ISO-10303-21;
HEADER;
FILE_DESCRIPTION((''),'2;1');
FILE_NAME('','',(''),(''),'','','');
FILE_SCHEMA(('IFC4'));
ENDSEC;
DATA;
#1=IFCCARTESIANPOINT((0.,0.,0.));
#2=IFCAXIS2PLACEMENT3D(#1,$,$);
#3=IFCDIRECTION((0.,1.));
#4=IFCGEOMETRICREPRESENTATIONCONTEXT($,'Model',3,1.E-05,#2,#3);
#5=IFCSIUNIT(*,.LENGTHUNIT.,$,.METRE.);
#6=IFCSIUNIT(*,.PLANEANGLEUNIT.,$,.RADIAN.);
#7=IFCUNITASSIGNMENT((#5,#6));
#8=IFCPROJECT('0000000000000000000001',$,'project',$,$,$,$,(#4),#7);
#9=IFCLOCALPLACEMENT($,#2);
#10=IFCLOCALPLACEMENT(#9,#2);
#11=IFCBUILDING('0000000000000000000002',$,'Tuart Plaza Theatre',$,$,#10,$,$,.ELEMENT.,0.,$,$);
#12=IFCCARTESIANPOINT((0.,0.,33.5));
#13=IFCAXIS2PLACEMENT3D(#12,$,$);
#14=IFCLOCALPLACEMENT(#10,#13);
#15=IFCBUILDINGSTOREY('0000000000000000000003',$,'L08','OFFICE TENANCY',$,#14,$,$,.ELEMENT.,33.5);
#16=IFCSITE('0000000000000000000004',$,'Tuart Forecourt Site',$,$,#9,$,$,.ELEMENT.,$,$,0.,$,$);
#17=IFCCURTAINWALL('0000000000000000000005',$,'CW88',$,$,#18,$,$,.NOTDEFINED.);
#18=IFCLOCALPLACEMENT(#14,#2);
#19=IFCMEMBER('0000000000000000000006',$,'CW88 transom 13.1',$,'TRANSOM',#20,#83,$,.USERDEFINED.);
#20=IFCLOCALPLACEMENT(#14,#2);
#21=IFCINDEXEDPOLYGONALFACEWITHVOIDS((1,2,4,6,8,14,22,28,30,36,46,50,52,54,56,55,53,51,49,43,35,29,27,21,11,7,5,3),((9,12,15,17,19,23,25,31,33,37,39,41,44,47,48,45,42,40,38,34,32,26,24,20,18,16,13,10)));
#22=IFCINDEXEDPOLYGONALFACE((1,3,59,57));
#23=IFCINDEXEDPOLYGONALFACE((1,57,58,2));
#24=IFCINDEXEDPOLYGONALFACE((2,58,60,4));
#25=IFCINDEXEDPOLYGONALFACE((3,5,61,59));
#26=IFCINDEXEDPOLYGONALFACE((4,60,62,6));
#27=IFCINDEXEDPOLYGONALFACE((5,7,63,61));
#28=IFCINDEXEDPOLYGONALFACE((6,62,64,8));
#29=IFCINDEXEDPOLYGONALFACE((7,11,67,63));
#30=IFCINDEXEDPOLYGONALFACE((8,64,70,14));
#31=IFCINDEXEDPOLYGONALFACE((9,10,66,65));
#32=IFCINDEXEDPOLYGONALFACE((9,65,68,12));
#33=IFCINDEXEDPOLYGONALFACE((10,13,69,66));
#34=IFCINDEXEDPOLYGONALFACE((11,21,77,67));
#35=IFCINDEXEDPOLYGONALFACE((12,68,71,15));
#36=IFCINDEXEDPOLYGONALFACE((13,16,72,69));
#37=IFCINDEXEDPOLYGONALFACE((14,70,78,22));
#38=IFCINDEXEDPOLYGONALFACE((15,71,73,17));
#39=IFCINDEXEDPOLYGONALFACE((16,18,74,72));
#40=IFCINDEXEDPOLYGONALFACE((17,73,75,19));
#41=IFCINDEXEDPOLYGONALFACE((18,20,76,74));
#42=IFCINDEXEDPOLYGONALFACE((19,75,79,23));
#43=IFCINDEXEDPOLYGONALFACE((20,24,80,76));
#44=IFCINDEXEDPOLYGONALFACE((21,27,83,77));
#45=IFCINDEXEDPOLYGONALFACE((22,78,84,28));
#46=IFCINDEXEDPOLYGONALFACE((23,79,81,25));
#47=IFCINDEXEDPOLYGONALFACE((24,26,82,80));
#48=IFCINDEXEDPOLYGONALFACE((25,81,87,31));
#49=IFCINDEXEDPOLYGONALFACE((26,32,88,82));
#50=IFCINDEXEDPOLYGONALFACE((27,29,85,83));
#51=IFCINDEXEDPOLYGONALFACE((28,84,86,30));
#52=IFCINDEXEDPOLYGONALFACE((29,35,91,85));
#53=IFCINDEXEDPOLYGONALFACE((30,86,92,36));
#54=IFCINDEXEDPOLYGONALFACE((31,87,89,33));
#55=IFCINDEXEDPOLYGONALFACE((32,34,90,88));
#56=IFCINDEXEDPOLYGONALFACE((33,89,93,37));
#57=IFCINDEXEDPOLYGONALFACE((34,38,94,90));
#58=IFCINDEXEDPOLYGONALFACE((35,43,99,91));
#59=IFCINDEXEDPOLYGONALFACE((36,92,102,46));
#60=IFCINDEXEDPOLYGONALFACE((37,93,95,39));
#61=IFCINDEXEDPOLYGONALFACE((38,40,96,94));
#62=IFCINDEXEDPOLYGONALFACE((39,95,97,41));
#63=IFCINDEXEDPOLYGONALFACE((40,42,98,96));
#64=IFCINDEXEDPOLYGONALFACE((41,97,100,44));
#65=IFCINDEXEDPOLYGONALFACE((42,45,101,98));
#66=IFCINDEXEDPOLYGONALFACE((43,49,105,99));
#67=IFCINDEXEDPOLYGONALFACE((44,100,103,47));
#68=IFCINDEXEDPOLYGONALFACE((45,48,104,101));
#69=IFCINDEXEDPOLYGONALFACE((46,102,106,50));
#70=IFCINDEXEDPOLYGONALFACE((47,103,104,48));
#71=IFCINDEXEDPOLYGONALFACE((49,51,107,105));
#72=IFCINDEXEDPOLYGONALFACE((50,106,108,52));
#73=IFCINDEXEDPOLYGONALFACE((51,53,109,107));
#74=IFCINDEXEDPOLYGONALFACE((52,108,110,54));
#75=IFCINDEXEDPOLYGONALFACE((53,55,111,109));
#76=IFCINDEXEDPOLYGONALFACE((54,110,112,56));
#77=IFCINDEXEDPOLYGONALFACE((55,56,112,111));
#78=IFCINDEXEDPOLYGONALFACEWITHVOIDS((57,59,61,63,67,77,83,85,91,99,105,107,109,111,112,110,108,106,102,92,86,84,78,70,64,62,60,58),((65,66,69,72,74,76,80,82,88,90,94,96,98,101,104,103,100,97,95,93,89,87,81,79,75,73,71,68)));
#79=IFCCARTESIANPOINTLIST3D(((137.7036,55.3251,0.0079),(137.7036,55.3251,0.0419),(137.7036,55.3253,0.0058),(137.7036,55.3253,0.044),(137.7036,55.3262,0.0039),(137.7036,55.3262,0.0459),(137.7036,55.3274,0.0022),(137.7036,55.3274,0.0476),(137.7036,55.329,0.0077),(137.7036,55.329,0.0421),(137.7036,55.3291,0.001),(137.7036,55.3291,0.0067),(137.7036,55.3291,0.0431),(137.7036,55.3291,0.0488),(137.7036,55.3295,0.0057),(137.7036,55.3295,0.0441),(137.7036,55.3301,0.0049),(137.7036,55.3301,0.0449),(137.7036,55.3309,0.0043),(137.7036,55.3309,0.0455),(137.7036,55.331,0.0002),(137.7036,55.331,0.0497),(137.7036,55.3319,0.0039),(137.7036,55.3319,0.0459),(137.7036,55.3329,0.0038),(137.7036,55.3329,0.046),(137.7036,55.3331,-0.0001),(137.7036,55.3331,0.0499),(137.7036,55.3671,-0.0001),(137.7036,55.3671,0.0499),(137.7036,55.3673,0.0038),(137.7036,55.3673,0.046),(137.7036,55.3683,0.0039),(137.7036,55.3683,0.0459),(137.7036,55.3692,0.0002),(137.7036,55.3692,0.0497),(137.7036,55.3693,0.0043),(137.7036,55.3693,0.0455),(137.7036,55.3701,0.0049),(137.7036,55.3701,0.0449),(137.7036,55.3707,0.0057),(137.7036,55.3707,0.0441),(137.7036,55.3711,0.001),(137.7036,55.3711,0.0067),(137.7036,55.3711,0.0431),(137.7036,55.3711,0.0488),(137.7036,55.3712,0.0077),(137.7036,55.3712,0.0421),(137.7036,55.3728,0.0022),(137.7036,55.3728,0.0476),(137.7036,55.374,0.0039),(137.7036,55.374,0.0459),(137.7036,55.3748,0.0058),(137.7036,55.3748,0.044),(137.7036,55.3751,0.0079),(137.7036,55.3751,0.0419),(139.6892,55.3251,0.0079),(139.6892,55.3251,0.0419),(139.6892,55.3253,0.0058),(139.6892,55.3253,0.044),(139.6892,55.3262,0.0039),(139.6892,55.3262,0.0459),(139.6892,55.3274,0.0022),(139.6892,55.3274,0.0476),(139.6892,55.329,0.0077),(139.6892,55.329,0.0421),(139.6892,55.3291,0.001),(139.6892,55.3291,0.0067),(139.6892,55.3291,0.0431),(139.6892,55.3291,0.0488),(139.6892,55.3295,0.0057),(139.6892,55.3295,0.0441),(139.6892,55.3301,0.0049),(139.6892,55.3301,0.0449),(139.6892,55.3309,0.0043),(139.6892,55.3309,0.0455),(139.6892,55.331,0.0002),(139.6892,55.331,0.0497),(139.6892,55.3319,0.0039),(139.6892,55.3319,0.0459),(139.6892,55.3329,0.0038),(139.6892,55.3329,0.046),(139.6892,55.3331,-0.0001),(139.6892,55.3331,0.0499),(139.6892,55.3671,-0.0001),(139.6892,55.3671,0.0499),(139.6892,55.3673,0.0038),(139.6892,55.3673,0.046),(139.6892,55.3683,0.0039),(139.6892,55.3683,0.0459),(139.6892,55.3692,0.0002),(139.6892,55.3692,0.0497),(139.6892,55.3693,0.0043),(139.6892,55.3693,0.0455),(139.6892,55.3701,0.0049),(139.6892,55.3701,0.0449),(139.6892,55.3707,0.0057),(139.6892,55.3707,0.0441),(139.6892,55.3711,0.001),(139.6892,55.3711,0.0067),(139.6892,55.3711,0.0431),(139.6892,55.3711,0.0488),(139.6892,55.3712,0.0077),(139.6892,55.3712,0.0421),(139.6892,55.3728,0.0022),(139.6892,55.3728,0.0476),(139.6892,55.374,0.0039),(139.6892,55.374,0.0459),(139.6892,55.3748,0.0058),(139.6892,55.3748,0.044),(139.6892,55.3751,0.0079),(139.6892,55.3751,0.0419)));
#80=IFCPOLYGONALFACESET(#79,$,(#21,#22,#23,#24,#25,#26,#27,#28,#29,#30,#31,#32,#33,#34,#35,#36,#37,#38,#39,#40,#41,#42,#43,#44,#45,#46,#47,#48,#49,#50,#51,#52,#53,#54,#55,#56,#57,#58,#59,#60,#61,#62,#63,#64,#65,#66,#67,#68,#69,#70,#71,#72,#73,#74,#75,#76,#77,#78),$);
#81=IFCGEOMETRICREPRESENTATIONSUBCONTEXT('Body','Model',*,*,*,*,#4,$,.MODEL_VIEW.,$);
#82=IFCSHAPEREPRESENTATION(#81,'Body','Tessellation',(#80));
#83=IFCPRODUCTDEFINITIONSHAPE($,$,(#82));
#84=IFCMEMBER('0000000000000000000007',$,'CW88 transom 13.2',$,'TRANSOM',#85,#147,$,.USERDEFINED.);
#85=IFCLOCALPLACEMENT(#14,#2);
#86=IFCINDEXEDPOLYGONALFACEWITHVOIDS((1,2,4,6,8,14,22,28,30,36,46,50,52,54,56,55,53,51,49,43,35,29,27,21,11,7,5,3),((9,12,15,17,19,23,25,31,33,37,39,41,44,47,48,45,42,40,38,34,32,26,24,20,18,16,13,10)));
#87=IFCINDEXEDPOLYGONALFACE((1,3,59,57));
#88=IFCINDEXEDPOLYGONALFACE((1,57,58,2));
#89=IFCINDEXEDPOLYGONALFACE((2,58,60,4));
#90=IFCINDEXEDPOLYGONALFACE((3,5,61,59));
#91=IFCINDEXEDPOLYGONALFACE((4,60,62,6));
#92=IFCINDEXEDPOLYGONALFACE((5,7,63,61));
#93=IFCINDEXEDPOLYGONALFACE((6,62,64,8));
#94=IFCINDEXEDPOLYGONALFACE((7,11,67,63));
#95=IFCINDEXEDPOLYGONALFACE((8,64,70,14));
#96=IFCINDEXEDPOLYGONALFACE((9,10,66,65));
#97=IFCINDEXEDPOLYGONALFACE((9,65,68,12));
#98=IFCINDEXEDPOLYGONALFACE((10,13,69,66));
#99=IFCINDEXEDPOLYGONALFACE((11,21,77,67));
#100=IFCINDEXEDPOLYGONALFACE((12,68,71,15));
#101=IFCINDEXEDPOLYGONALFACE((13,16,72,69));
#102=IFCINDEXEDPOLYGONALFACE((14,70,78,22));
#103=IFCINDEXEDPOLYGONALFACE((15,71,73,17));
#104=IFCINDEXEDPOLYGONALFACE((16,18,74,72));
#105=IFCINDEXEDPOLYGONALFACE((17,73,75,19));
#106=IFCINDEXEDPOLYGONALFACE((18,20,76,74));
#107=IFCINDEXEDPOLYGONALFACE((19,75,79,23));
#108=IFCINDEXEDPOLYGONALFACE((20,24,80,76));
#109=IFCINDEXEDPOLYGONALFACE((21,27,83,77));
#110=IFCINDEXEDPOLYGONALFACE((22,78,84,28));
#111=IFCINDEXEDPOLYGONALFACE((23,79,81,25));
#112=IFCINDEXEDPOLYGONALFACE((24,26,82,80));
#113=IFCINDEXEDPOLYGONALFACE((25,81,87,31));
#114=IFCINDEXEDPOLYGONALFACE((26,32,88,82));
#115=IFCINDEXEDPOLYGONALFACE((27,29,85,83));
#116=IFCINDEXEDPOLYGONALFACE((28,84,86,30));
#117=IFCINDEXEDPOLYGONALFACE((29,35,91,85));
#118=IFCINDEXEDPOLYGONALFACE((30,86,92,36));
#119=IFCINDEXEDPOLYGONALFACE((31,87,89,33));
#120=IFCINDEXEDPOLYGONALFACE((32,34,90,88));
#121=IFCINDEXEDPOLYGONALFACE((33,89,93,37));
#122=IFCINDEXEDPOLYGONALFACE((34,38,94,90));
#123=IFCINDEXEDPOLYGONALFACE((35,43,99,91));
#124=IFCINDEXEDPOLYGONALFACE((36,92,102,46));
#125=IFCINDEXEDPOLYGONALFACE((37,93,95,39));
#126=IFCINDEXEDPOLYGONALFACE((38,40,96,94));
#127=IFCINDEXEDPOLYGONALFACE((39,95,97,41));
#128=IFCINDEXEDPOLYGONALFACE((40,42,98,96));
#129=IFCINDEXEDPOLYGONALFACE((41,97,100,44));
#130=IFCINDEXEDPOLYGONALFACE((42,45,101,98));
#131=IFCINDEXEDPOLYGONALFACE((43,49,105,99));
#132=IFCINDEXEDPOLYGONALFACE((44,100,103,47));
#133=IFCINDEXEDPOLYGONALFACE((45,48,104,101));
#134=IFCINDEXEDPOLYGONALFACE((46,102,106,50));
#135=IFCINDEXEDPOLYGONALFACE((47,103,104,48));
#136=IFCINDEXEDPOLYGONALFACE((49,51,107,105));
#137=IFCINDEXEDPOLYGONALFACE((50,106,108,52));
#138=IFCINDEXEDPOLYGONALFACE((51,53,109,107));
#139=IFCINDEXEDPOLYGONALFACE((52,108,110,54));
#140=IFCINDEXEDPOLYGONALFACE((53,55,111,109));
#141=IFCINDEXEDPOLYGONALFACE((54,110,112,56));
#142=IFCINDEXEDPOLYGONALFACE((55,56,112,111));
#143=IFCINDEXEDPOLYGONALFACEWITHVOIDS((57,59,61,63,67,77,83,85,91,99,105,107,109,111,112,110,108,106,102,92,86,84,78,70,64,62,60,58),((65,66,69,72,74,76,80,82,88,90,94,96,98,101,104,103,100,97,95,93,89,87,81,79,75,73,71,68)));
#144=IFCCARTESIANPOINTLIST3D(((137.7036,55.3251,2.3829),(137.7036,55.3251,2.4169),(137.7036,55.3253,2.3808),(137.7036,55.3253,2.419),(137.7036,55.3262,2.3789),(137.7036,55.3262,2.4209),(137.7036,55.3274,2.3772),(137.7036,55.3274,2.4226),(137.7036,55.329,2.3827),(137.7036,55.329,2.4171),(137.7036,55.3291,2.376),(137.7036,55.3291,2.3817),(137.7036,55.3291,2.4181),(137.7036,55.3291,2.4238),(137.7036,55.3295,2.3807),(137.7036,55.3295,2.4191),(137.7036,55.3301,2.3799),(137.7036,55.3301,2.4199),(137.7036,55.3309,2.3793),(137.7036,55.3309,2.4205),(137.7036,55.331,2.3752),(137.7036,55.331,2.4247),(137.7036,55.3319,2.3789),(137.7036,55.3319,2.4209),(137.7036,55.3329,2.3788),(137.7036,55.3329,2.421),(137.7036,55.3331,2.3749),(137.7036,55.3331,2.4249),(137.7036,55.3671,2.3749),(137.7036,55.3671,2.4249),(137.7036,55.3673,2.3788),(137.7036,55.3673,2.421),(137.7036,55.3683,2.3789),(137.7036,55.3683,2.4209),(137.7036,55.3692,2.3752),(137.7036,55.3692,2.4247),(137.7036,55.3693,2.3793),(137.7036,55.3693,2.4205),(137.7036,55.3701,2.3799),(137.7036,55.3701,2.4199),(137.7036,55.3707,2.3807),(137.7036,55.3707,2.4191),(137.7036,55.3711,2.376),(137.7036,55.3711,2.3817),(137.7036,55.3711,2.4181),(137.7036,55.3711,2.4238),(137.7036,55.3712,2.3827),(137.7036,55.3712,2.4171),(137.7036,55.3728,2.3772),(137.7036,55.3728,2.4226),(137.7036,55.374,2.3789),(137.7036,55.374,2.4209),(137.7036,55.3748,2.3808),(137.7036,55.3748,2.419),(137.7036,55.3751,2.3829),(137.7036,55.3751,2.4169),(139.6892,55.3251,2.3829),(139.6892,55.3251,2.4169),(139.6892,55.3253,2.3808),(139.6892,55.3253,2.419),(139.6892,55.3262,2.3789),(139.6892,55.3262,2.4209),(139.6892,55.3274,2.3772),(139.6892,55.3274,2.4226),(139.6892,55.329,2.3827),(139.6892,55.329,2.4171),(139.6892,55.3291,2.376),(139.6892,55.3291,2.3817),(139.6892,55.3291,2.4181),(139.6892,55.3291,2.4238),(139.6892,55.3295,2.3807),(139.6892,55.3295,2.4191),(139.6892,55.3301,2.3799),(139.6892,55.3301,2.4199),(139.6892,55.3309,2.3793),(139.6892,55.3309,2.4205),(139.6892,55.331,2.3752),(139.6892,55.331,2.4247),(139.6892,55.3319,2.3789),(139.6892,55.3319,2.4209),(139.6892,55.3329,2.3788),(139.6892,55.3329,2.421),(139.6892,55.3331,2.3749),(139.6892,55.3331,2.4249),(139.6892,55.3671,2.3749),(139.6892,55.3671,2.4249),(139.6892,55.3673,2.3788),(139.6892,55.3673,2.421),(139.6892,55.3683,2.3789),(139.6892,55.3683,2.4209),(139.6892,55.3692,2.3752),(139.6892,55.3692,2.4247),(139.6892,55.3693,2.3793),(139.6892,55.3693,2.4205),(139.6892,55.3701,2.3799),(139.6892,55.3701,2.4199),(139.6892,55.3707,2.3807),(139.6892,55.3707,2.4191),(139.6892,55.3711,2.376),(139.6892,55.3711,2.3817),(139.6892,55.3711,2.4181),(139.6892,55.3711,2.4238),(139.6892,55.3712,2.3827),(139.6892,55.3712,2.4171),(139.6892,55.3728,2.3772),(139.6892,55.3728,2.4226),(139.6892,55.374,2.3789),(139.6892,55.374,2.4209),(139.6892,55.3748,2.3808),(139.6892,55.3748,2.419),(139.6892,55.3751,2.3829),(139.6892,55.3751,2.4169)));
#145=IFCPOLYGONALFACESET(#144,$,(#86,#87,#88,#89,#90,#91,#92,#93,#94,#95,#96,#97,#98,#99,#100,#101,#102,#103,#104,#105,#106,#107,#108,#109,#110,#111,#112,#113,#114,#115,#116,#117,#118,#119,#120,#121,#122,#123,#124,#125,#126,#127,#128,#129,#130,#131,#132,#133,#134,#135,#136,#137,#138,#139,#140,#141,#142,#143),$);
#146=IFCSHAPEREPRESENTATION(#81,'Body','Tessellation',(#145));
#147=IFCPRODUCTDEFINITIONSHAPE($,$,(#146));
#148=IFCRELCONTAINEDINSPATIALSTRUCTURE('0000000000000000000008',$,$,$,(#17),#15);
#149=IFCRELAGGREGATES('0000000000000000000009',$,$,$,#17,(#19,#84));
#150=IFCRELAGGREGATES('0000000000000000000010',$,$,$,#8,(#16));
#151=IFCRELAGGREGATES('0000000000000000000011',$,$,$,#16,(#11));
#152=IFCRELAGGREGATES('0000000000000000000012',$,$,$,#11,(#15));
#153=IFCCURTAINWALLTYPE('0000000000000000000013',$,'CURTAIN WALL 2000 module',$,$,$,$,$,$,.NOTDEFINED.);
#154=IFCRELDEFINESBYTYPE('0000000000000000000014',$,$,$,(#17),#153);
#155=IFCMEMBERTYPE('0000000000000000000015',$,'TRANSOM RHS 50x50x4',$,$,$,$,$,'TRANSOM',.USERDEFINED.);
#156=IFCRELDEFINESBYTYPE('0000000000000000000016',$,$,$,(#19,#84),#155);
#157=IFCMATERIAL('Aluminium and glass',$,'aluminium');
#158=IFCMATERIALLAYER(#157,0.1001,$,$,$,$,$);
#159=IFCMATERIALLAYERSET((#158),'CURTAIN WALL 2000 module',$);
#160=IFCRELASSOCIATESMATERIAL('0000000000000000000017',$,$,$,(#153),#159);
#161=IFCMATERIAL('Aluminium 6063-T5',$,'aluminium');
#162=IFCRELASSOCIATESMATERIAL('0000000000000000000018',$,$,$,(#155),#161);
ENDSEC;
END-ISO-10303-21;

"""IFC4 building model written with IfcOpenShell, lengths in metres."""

from ifc_helpers import new_model, si_unit, direction, frame, origin, origin_2d, place, context, subcontext, project, spatial, hollow_rectangle, extrude, material, layer, layer_set, material_profile, profile_set, type_object, element, aggregate, save


model = new_model("IFC4")

# Units and contexts
model_context = context("Model", 3, precision=1e-05, world=origin(), true_north=direction((0.0, 1.0)))
body_context = subcontext(model_context, "Body", "Model", "MODEL_VIEW")
ifc_project = project(units=[si_unit("LENGTHUNIT", "METRE"), si_unit("PLANEANGLEUNIT", "RADIAN")], contexts=[model_context])

# Site, building, storey
site_placement = place(None, origin())
site = spatial("IfcSite", under=ifc_project, at=site_placement, Name="Tuart Forecourt Site", CompositionType="ELEMENT", RefElevation=0.0)
building_placement = place(site_placement, origin())
building = spatial("IfcBuilding", under=site, at=building_placement, Name="Tuart Plaza Theatre", CompositionType="ELEMENT", ElevationOfRefHeight=0.0)
storey_placement = place(building_placement, frame((0.0, 0.0, 33.5)))
storey = spatial("IfcBuildingStorey", under=building, at=storey_placement, Name="L08", Description="OFFICE TENANCY", CompositionType="ELEMENT", Elevation=33.5)

# Curtain wall, members
ifc_material_1 = material(Name="Aluminium and glass", Category="aluminium")
ifc_layer_1 = layer(ifc_material_1, 0.1001)
ifc_layer_set_1 = layer_set([ifc_layer_1], Name="CURTAIN WALL 2000 module")
curtain_wall_type = type_object("IfcCurtainWallType", Name="CURTAIN WALL 2000 module", PredefinedType="NOTDEFINED", material=ifc_layer_set_1)
curtain_wall_placement = place(storey_placement, origin())
curtain_wall = element("IfcCurtainWall", 1, at=curtain_wall_placement, inside=storey, type_object=curtain_wall_type, Name="CW88", PredefinedType="NOTDEFINED")
ifc_material_2 = material(Name="Aluminium 6063-T5", Category="aluminium")
ifc_material_profile_1 = material_profile(ifc_material_2, hollow_rectangle(XDim=0.05, YDim=0.05, WallThickness=0.0039, InnerFilletRadius=0.0039, OuterFilletRadius=0.0081, at=origin_2d()), Name="RHS 50x50x4")
ifc_profile_set_1 = profile_set([ifc_material_profile_1], Name="Aluminium 6063-T5")
member_type_1 = type_object("IfcMemberType", Name="TRANSOM RHS 50x50x4", ElementType="TRANSOM", PredefinedType="USERDEFINED", material=ifc_profile_set_1)
member_1_placement = place(storey_placement, frame((137.7036, 55.3501, 0.0249), z_axis=(1.0, 0.0, 0.0), x_axis=(0.0, 1.0, 0.0)))
member_1 = element("IfcMember", 2, at=member_1_placement, type_object=member_type_1, Name="CW88 transom 13.1", ObjectType="TRANSOM", PredefinedType="USERDEFINED", context=body_context, shape_type="SweptSolid", body=[
    extrude(hollow_rectangle(XDim=0.05, YDim=0.05, WallThickness=0.0039, InnerFilletRadius=0.0039, OuterFilletRadius=0.0081, at=origin_2d()), origin(), (0.0, 0.0, 1.0), 1.9856),
])
member_2_placement = place(storey_placement, frame((137.7036, 55.3501, 2.3999), z_axis=(1.0, 0.0, 0.0), x_axis=(0.0, 1.0, 0.0)))
member_2 = element("IfcMember", 3, at=member_2_placement, type_object=member_type_1, Name="CW88 transom 13.2", ObjectType="TRANSOM", PredefinedType="USERDEFINED", context=body_context, shape_type="SweptSolid", body=[
    extrude(hollow_rectangle(XDim=0.05, YDim=0.05, WallThickness=0.0039, InnerFilletRadius=0.0039, OuterFilletRadius=0.0081, at=origin_2d()), origin(), (0.0, 0.0, 1.0), 1.9856),
])
aggregate(curtain_wall, [member_1, member_2])

save(model, "model.ifc")
